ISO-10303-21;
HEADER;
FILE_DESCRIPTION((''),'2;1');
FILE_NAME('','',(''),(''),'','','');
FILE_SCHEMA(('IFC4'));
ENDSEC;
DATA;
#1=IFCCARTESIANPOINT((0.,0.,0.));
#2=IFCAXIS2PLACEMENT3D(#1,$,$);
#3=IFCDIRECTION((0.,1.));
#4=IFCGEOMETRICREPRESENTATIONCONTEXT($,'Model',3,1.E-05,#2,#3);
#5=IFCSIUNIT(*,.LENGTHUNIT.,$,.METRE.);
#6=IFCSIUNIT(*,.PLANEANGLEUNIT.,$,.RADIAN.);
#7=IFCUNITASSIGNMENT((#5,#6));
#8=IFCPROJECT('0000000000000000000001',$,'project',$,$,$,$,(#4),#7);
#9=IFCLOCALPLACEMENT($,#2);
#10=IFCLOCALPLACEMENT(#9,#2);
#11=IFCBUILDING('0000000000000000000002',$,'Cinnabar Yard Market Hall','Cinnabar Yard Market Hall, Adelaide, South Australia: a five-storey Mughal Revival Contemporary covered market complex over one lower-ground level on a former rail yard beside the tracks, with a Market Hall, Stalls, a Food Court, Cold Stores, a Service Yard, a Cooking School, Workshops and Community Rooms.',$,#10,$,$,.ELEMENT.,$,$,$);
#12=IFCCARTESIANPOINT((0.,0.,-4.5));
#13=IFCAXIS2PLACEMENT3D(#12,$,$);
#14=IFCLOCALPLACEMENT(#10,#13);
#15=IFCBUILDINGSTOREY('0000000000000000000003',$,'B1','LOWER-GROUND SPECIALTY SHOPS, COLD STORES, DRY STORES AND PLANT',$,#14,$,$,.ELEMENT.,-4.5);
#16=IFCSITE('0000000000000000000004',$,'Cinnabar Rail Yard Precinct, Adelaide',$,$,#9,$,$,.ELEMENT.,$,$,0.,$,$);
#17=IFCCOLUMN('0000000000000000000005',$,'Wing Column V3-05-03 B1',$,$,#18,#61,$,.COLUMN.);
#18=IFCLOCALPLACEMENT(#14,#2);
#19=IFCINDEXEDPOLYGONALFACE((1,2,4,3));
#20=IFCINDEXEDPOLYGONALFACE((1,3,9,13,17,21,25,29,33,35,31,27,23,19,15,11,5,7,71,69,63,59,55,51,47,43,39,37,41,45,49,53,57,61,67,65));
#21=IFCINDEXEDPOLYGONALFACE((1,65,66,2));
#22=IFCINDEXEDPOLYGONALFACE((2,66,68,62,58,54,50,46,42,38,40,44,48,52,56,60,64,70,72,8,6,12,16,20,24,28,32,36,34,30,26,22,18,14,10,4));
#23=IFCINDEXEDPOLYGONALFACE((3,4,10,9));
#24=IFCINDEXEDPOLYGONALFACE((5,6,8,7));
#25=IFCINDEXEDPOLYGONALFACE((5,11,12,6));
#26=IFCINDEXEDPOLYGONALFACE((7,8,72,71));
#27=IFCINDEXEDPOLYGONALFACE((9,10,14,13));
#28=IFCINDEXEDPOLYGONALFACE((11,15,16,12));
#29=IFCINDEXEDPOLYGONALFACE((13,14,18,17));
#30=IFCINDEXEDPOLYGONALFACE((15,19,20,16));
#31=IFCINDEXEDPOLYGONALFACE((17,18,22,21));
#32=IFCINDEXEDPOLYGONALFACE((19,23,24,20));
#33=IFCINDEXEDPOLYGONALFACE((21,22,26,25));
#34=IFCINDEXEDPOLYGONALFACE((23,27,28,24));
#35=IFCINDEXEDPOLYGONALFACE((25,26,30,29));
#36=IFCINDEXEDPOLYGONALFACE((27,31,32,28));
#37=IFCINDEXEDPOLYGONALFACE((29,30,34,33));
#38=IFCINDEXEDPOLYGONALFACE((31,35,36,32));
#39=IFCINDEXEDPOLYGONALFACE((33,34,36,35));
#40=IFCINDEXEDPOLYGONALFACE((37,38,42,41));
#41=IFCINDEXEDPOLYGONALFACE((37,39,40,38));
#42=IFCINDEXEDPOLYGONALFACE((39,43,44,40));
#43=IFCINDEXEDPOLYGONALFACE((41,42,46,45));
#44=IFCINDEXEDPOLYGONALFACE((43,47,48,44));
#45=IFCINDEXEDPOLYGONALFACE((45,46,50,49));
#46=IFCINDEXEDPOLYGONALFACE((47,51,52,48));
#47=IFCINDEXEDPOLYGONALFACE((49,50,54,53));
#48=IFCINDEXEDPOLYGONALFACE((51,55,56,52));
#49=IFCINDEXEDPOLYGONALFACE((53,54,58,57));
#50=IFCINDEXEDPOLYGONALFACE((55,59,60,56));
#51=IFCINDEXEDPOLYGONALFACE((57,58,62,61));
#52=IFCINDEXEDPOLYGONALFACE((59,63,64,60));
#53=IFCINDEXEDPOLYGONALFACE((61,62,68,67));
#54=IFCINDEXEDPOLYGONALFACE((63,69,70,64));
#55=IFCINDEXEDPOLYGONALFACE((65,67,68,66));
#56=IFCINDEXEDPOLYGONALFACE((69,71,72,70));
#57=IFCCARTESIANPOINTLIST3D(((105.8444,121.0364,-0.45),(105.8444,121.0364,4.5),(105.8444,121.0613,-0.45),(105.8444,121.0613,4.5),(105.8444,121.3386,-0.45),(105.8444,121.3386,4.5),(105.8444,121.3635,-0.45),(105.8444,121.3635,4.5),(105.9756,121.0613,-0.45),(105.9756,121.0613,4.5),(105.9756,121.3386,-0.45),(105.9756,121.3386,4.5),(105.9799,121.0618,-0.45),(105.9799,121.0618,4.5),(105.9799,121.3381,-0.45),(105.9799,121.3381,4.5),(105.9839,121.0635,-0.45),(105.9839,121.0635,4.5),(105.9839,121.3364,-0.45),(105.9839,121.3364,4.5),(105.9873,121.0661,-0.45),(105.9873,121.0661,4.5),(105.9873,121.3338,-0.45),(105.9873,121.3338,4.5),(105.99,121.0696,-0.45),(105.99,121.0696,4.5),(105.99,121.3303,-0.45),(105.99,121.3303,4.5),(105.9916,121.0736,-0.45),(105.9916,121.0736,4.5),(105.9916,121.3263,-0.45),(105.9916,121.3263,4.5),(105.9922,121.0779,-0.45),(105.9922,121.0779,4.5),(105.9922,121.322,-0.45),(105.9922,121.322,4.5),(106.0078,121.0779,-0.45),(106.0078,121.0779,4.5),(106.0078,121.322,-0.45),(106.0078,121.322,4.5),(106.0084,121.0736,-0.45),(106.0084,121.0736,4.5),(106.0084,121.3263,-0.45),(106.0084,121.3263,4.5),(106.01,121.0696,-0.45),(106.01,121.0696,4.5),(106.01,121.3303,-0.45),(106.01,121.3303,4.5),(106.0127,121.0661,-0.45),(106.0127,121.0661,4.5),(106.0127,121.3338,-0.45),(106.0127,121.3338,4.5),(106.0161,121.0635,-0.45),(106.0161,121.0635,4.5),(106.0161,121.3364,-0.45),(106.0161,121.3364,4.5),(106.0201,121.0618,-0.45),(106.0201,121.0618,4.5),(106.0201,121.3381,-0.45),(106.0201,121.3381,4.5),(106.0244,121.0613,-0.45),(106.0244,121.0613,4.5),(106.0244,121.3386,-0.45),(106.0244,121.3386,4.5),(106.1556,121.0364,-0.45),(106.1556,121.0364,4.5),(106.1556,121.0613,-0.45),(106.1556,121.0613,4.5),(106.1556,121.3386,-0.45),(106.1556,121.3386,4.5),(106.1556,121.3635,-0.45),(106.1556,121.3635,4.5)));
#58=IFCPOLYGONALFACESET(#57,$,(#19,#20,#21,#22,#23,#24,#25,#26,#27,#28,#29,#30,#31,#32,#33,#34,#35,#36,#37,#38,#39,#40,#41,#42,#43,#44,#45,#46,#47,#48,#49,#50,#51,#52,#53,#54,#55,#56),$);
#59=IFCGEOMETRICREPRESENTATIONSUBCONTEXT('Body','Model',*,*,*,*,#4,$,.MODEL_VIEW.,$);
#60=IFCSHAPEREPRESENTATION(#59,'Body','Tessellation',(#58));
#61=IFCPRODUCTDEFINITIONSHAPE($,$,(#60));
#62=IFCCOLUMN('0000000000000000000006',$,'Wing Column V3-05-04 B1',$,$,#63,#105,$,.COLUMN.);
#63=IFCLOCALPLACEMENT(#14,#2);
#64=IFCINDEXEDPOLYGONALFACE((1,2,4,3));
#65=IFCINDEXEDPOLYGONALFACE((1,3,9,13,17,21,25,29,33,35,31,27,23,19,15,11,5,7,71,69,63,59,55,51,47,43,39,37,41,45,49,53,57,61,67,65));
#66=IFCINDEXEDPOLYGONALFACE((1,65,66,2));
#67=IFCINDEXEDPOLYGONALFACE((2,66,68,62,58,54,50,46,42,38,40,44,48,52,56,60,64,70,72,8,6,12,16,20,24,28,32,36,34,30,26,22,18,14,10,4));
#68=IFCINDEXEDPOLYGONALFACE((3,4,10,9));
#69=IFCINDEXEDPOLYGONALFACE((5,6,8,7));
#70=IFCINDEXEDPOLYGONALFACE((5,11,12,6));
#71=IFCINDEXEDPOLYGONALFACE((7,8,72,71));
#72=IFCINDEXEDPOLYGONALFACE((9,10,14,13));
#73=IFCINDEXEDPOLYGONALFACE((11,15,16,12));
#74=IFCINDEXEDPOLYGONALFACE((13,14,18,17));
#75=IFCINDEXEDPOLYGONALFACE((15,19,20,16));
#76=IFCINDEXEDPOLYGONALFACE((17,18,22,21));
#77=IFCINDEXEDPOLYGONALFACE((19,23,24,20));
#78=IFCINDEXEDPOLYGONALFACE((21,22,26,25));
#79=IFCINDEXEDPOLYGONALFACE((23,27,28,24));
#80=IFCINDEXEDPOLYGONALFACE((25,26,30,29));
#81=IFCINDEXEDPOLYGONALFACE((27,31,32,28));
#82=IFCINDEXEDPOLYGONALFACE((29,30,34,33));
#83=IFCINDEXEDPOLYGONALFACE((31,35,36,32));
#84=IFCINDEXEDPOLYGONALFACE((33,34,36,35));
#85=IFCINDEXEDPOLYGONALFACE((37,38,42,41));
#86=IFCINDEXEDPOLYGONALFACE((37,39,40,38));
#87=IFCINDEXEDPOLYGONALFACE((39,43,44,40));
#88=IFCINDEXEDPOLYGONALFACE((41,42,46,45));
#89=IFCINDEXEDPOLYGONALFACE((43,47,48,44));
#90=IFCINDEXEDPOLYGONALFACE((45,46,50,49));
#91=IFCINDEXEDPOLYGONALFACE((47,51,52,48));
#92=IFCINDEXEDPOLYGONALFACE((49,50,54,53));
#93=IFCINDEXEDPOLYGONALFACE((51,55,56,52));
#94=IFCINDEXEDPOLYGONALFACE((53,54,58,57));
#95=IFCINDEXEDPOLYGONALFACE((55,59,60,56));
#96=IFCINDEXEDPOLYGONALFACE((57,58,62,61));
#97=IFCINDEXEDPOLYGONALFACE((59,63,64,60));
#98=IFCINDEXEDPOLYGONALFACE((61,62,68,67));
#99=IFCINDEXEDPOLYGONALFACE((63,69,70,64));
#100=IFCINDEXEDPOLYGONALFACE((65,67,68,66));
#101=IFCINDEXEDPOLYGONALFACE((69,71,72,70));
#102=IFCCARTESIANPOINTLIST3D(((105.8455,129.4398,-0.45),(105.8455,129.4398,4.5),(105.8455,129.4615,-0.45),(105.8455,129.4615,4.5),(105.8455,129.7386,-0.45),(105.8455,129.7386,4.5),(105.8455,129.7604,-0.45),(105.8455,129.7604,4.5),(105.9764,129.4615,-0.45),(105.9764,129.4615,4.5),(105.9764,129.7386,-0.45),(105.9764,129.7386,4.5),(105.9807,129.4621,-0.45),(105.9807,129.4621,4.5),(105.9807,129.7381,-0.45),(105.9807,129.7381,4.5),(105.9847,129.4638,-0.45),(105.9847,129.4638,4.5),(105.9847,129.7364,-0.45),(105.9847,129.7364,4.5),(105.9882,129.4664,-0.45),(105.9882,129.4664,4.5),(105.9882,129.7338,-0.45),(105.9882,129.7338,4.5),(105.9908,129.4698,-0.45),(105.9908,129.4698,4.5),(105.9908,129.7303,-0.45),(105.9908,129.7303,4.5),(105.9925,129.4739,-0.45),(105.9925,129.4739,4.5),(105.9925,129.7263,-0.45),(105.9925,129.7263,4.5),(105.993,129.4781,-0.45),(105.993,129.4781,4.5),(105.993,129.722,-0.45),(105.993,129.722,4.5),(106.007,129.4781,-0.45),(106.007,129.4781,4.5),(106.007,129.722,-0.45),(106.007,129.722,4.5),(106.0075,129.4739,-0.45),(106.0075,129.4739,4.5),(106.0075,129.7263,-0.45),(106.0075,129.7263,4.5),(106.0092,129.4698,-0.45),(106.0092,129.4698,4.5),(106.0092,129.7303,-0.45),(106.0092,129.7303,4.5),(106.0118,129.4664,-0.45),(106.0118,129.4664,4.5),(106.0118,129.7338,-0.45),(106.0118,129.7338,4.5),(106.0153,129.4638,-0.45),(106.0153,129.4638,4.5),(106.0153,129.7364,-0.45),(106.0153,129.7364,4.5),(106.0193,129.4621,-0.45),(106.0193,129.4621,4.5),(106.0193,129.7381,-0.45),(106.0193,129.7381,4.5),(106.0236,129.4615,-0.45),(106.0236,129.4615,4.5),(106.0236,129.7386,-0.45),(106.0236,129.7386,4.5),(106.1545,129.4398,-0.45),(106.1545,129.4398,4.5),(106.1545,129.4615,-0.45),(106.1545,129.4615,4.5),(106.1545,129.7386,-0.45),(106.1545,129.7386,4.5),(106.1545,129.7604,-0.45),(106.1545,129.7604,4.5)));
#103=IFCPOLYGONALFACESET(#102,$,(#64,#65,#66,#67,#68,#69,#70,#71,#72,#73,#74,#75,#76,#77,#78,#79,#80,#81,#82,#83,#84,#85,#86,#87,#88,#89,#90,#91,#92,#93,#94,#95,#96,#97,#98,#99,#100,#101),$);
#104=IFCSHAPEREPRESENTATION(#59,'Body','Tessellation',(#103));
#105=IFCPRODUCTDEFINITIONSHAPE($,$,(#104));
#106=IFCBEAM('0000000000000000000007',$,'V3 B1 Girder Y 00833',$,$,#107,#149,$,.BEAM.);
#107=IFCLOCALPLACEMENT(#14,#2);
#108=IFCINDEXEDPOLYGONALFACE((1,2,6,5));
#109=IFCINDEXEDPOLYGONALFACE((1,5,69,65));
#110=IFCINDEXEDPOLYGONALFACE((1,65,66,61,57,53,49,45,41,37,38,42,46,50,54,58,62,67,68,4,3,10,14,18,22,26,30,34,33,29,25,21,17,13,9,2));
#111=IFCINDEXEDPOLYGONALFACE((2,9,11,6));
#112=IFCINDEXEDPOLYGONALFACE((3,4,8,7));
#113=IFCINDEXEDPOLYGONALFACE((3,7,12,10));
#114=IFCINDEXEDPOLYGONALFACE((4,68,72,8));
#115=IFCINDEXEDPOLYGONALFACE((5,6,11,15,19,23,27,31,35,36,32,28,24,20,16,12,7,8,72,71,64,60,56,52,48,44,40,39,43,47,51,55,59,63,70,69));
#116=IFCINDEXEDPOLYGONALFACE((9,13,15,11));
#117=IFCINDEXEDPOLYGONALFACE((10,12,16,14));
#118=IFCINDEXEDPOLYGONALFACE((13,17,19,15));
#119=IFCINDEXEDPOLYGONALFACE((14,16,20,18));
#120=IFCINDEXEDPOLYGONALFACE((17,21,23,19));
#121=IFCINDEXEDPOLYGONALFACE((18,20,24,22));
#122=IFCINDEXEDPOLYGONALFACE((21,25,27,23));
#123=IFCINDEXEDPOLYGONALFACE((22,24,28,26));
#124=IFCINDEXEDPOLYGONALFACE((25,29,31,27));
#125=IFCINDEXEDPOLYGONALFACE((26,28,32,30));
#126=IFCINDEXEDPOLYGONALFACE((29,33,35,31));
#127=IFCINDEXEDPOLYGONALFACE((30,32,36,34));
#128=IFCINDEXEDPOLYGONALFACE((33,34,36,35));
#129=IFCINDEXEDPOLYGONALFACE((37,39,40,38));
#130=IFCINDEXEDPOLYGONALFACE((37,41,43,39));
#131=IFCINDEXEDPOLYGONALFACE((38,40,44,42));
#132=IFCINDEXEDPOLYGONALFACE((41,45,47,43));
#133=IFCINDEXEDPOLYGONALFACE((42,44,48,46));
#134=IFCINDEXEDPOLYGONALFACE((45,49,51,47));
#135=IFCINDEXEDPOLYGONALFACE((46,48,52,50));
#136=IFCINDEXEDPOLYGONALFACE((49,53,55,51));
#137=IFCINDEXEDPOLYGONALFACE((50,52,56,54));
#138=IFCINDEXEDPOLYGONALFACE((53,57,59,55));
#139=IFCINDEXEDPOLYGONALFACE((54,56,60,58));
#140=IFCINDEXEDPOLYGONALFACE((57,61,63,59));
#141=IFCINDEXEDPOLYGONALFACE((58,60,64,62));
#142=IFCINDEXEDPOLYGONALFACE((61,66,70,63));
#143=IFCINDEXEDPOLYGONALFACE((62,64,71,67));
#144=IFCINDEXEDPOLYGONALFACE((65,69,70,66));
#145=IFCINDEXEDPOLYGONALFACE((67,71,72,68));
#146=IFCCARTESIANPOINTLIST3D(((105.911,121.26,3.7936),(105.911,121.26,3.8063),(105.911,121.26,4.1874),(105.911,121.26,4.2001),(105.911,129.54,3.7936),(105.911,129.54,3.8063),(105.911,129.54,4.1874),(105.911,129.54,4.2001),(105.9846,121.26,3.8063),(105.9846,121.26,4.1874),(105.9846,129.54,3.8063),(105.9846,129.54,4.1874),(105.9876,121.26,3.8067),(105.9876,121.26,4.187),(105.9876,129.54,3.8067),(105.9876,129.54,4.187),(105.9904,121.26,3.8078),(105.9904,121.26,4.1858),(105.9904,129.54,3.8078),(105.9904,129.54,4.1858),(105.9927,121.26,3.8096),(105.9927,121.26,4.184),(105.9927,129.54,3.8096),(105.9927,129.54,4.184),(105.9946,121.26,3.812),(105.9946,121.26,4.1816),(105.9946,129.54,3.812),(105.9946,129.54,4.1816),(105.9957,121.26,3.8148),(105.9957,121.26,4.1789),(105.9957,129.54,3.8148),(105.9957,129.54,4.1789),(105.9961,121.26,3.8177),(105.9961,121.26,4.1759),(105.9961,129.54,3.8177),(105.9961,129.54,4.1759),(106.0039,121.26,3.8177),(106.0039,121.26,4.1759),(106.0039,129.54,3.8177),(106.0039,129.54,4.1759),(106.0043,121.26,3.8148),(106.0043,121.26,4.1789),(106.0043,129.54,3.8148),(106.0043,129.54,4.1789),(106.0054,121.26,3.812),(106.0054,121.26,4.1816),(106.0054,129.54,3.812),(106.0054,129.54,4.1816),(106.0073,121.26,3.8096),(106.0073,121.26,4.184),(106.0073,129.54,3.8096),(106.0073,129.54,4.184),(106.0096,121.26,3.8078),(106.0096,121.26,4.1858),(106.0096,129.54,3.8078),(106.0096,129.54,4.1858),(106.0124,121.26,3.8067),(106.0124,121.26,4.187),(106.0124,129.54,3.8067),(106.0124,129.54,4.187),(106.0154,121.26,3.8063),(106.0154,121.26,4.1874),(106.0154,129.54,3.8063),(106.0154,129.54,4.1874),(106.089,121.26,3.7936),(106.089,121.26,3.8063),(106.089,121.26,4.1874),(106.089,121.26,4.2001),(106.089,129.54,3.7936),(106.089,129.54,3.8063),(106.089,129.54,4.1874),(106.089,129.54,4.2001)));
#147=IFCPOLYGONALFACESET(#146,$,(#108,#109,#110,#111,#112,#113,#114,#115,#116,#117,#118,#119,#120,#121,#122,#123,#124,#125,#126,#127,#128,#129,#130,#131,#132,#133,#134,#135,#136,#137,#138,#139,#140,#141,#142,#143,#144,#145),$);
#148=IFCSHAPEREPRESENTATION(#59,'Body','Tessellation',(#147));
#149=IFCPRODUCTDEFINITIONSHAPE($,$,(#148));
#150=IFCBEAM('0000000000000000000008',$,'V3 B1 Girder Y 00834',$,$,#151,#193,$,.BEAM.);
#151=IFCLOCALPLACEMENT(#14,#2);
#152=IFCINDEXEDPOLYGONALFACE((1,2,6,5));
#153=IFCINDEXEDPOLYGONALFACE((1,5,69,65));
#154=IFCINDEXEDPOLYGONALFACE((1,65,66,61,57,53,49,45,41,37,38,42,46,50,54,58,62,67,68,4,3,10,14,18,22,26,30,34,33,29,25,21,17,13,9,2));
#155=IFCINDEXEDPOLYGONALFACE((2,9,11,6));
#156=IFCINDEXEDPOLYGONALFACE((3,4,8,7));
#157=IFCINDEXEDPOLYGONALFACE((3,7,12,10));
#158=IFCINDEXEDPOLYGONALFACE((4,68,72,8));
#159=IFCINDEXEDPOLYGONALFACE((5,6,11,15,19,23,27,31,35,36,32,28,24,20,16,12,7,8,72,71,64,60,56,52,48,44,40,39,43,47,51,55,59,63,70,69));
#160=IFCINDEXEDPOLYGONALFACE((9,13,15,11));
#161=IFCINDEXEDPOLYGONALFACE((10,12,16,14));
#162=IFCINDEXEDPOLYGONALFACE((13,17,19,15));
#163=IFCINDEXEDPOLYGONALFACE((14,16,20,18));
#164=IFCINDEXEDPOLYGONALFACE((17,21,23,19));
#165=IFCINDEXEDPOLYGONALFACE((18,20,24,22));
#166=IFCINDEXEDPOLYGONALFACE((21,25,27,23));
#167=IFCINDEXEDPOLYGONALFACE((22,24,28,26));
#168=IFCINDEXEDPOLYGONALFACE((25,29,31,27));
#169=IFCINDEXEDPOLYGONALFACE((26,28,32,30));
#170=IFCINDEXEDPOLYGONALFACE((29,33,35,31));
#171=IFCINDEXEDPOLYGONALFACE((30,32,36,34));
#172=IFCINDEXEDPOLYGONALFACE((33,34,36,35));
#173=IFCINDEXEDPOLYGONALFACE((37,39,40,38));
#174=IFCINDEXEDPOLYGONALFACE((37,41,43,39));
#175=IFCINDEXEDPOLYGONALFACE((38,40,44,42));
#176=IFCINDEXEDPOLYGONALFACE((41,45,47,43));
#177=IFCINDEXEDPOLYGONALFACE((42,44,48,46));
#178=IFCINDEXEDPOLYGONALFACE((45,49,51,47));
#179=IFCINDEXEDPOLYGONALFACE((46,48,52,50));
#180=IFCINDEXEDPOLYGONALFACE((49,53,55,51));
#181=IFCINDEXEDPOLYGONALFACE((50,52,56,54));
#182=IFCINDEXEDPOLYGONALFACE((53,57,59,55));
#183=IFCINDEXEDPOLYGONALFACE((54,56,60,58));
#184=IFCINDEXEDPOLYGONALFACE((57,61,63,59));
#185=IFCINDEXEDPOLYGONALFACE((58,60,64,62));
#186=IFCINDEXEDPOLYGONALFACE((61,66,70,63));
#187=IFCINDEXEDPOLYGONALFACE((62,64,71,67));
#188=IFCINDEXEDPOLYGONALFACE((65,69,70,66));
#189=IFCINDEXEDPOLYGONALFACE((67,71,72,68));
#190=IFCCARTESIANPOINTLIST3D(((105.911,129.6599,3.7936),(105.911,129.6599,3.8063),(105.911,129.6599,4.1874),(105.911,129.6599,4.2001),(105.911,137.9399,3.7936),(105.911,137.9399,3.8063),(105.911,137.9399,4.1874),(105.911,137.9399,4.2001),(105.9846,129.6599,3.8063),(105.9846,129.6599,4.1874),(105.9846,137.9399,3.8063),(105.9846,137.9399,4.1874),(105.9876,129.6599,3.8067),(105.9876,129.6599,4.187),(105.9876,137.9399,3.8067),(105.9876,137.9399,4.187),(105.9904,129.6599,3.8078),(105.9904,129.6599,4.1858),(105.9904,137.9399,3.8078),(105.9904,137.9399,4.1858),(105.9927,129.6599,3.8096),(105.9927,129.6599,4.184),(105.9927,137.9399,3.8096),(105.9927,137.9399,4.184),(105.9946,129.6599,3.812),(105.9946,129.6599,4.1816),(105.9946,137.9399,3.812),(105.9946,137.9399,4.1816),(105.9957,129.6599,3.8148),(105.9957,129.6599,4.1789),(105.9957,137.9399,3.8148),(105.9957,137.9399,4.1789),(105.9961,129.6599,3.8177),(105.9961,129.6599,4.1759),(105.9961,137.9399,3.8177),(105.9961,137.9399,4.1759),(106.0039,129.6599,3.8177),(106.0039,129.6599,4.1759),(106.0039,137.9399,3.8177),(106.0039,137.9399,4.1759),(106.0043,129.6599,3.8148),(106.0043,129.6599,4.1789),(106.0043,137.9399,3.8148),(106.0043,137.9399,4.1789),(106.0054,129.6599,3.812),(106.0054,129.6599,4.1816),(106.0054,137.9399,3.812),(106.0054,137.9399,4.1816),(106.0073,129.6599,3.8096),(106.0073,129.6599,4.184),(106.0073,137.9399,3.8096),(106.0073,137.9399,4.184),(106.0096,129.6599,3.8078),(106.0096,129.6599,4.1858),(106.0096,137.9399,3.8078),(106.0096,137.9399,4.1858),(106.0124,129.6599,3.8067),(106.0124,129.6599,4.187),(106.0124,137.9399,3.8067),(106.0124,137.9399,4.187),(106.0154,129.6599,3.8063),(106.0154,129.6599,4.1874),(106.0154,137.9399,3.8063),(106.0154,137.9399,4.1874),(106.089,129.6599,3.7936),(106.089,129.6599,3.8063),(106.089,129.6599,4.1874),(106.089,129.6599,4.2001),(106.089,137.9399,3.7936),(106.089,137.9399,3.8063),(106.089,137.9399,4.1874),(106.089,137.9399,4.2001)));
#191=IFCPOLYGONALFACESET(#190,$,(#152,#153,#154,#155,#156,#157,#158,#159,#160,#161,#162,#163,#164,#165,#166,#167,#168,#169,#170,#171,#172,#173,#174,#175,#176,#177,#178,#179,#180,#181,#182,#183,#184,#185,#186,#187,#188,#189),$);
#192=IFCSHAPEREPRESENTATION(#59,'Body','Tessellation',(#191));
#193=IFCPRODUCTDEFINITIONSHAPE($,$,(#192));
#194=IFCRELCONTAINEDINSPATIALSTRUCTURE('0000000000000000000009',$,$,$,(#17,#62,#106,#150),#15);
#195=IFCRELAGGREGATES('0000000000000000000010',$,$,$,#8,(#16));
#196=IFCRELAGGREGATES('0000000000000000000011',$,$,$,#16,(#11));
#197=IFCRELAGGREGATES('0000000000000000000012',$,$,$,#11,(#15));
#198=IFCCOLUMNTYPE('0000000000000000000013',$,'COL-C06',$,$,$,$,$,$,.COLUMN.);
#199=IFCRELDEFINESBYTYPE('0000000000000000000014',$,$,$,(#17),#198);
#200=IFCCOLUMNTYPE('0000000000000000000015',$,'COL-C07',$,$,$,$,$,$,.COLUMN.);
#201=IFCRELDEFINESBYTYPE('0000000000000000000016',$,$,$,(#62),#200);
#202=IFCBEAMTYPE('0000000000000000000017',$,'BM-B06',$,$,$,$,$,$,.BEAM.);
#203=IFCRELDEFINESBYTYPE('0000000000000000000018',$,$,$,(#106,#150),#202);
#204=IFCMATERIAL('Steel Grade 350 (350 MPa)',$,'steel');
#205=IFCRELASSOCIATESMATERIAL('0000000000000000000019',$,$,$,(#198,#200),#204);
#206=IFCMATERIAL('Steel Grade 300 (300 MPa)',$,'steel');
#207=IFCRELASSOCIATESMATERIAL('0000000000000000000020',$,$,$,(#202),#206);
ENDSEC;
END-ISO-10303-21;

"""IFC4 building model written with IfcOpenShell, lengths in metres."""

from ifc_helpers import new_model, si_unit, direction, frame, origin, origin_2d_with_axis, place, context, subcontext, project, spatial, i_section, extrude, material, material_profile, profile_set, type_object, element, save


model = new_model("IFC4")

# Units and contexts
model_context = context("Model", 3, precision=1e-05, world=origin(), true_north=direction((0.0, 1.0)))
body_context = subcontext(model_context, "Body", "Model", "MODEL_VIEW")
ifc_project = project(units=[si_unit("LENGTHUNIT", "METRE"), si_unit("PLANEANGLEUNIT", "RADIAN")], contexts=[model_context])

# Site, building, storey
site_placement = place(None, origin())
site = spatial("IfcSite", under=ifc_project, at=site_placement, Name="Cinnabar Rail Yard Precinct, Adelaide", CompositionType="ELEMENT", RefElevation=0.0)
building_placement = place(site_placement, origin())
building = spatial("IfcBuilding", under=site, at=building_placement, Name="Cinnabar Yard Market Hall", Description="Cinnabar Yard Market Hall, Adelaide, South Australia: a five-storey Mughal Revival Contemporary covered market complex over one lower-ground level on a former rail yard beside the tracks, with a Market Hall, Stalls, a Food Court, Cold Stores, a Service Yard, a Cooking School, Workshops and Community Rooms.", CompositionType="ELEMENT")
storey_placement = place(building_placement, frame((0.0, 0.0, -4.5)))
storey = spatial("IfcBuildingStorey", under=building, at=storey_placement, Name="B1", Description="LOWER-GROUND SPECIALTY SHOPS, COLD STORES, DRY STORES AND PLANT", CompositionType="ELEMENT", Elevation=-4.5)

# Columns
ifc_material_1 = material(Name="Steel Grade 350 (350 MPa)", Category="steel")
ifc_material_profile_1 = material_profile(ifc_material_1, i_section(OverallWidth=0.3113, OverallDepth=0.3271, WebThickness=0.0156, FlangeThickness=0.0249, FilletRadius=0.0166, at=origin_2d_with_axis()), Name="310UC158")
ifc_profile_set_1 = profile_set([ifc_material_profile_1], Name="Steel Grade 350 (350 MPa)")
column_type_1 = type_object("IfcColumnType", Name="COL-C06", PredefinedType="COLUMN", material=ifc_profile_set_1)
column_1_placement = place(storey_placement, frame((106.0, 121.2, -0.45), z_axis=(0.0, 0.0, 1.0), x_axis=(1.0, 0.0, 0.0)))
element("IfcColumn", 1, at=column_1_placement, inside=storey, type_object=column_type_1, Name="Wing Column V3-05-03 B1", PredefinedType="COLUMN", context=body_context, shape_type="SweptSolid", body=[
    extrude(i_section(OverallWidth=0.3113, OverallDepth=0.3271, WebThickness=0.0156, FlangeThickness=0.0249, FilletRadius=0.0166, at=origin_2d_with_axis()), origin(), (0.0, 0.0, 1.0), 4.95),
])
ifc_material_profile_2 = material_profile(ifc_material_1, i_section(OverallWidth=0.3091, OverallDepth=0.3206, WebThickness=0.0139, FlangeThickness=0.0217, FilletRadius=0.0166, at=origin_2d_with_axis()), Name="310UC137")
ifc_profile_set_2 = profile_set([ifc_material_profile_2], Name="Steel Grade 350 (350 MPa)")
column_type_2 = type_object("IfcColumnType", Name="COL-C07", PredefinedType="COLUMN", material=ifc_profile_set_2)
column_2_placement = place(storey_placement, frame((106.0, 129.6001, -0.45), z_axis=(0.0, 0.0, 1.0), x_axis=(1.0, 0.0, 0.0)))
element("IfcColumn", 2, at=column_2_placement, inside=storey, type_object=column_type_2, Name="Wing Column V3-05-04 B1", PredefinedType="COLUMN", context=body_context, shape_type="SweptSolid", body=[
    extrude(i_section(OverallWidth=0.3091, OverallDepth=0.3206, WebThickness=0.0139, FlangeThickness=0.0217, FilletRadius=0.0166, at=origin_2d_with_axis()), origin(), (0.0, 0.0, 1.0), 4.95),
])

# Beams
ifc_material_2 = material(Name="Steel Grade 300 (300 MPa)", Category="steel")
ifc_material_profile_3 = material_profile(ifc_material_2, i_section(OverallWidth=0.178, OverallDepth=0.4065, WebThickness=0.0078, FlangeThickness=0.0127, FilletRadius=0.0115, at=origin_2d_with_axis()), Name="410UB59.7")
ifc_profile_set_3 = profile_set([ifc_material_profile_3], Name="Steel Grade 300 (300 MPa)")
beam_type_1 = type_object("IfcBeamType", Name="BM-B06", PredefinedType="BEAM", material=ifc_profile_set_3)
for number, where, z_axis, x_axis, name in (
    (3, (106.0, 121.26, 3.9968), (0.0, 1.0, 0.0), (-1.0, 0.0, 0.0), "V3 B1 Girder Y 00833"),
    (4, (106.0, 129.6599, 3.9968), (0.0, 1.0, 0.0), (-1.0, 0.0, 0.0), "V3 B1 Girder Y 00834"),
):
    element("IfcBeam", number, at=place(storey_placement, frame(where, z_axis=z_axis, x_axis=x_axis)), inside=storey, type_object=beam_type_1, Name=name, PredefinedType="BEAM", context=body_context, shape_type="SweptSolid", body=[
        extrude(i_section(OverallWidth=0.178, OverallDepth=0.4065, WebThickness=0.0078, FlangeThickness=0.0127, FilletRadius=0.0115, at=origin_2d_with_axis()), origin(), (0.0, 0.0, 1.0), 8.28),
    ])

save(model, "model.ifc")
